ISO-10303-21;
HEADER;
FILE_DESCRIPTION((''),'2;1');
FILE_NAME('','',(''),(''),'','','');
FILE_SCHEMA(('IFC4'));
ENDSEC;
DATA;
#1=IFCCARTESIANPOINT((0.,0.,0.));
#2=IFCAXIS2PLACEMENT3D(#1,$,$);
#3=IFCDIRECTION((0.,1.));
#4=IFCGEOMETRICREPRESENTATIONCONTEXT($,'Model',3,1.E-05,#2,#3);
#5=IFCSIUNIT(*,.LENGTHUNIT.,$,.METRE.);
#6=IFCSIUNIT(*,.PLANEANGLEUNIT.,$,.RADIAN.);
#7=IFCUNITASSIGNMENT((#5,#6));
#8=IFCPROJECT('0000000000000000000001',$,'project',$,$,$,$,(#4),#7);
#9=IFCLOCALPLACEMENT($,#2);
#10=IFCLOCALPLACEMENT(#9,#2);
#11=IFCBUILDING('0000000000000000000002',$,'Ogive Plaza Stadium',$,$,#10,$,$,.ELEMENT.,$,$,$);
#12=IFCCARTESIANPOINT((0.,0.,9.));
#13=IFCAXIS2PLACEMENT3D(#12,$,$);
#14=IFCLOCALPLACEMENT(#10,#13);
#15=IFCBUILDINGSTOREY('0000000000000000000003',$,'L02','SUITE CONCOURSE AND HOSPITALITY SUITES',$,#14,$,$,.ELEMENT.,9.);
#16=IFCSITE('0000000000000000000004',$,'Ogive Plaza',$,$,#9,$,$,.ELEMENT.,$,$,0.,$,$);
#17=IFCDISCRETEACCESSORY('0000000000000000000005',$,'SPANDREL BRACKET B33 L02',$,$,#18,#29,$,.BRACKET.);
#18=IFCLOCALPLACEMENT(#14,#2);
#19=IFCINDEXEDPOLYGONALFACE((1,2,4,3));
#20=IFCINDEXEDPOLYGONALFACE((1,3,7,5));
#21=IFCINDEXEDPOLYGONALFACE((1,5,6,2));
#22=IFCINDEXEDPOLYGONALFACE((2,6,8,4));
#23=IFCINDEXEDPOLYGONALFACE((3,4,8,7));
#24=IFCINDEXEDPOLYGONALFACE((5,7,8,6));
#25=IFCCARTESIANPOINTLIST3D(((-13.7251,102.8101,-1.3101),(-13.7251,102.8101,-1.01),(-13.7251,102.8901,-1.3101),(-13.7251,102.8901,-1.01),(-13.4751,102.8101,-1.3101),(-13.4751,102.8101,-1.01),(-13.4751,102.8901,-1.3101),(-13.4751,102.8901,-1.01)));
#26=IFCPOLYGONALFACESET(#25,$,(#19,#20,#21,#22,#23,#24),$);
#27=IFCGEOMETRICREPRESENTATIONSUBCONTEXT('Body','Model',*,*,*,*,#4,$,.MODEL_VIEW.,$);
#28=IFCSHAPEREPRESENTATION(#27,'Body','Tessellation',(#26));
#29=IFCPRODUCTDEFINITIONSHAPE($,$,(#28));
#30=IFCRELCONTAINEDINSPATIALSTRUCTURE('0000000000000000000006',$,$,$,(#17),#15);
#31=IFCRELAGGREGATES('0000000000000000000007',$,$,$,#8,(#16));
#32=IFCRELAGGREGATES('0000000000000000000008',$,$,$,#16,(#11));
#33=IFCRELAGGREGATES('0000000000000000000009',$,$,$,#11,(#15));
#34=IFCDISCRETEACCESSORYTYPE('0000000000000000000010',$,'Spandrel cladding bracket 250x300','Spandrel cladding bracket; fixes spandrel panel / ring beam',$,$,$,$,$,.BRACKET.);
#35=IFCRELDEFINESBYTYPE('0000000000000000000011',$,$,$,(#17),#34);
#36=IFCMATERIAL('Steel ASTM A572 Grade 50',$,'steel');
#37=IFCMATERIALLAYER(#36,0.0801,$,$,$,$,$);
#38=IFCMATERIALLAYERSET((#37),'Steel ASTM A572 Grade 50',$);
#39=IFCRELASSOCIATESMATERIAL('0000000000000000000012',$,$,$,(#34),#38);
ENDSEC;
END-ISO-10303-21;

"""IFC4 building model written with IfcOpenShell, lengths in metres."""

from ifc_helpers import new_model, si_unit, direction, frame, origin, origin_2d, place, context, subcontext, project, spatial, rectangle, extrude, material, layer, layer_set, type_object, element, save


model = new_model("IFC4")

# Units and contexts
model_context = context("Model", 3, precision=1e-05, world=origin(), true_north=direction((0.0, 1.0)))
body_context = subcontext(model_context, "Body", "Model", "MODEL_VIEW")
ifc_project = project(units=[si_unit("LENGTHUNIT", "METRE"), si_unit("PLANEANGLEUNIT", "RADIAN")], contexts=[model_context])

# Site, building, storey
site_placement = place(None, origin())
site = spatial("IfcSite", under=ifc_project, at=site_placement, Name="Ogive Plaza", CompositionType="ELEMENT", RefElevation=0.0)
building_placement = place(site_placement, origin())
building = spatial("IfcBuilding", under=site, at=building_placement, Name="Ogive Plaza Stadium", CompositionType="ELEMENT")
storey_placement = place(building_placement, frame((0.0, 0.0, 9.0)))
storey = spatial("IfcBuildingStorey", under=building, at=storey_placement, Name="L02", Description="SUITE CONCOURSE AND HOSPITALITY SUITES", CompositionType="ELEMENT", Elevation=9.0)

# Discrete accessory
ifc_material_1 = material(Name="Steel ASTM A572 Grade 50", Category="steel")
ifc_layer_1 = layer(ifc_material_1, 0.0801)
ifc_layer_set_1 = layer_set([ifc_layer_1], Name="Steel ASTM A572 Grade 50")
discrete_accessory_type = type_object("IfcDiscreteAccessoryType", Name="Spandrel cladding bracket 250x300", Description="Spandrel cladding bracket; fixes spandrel panel / ring beam", PredefinedType="BRACKET", material=ifc_layer_set_1)
discrete_accessory_placement = place(storey_placement, frame((-13.6001, 102.8501, -1.3101), z_axis=(0.0, 0.0, 1.0), x_axis=(1.0, 0.0, 0.0)))
element("IfcDiscreteAccessory", 1, at=discrete_accessory_placement, inside=storey, type_object=discrete_accessory_type, Name="SPANDREL BRACKET B33 L02", PredefinedType="BRACKET", context=body_context, shape_type="SweptSolid", body=[
    extrude(rectangle(XDim=0.25, YDim=0.0801, at=origin_2d()), origin(), (0.0, 0.0, 1.0), 0.3),
])

save(model, "model.ifc")
